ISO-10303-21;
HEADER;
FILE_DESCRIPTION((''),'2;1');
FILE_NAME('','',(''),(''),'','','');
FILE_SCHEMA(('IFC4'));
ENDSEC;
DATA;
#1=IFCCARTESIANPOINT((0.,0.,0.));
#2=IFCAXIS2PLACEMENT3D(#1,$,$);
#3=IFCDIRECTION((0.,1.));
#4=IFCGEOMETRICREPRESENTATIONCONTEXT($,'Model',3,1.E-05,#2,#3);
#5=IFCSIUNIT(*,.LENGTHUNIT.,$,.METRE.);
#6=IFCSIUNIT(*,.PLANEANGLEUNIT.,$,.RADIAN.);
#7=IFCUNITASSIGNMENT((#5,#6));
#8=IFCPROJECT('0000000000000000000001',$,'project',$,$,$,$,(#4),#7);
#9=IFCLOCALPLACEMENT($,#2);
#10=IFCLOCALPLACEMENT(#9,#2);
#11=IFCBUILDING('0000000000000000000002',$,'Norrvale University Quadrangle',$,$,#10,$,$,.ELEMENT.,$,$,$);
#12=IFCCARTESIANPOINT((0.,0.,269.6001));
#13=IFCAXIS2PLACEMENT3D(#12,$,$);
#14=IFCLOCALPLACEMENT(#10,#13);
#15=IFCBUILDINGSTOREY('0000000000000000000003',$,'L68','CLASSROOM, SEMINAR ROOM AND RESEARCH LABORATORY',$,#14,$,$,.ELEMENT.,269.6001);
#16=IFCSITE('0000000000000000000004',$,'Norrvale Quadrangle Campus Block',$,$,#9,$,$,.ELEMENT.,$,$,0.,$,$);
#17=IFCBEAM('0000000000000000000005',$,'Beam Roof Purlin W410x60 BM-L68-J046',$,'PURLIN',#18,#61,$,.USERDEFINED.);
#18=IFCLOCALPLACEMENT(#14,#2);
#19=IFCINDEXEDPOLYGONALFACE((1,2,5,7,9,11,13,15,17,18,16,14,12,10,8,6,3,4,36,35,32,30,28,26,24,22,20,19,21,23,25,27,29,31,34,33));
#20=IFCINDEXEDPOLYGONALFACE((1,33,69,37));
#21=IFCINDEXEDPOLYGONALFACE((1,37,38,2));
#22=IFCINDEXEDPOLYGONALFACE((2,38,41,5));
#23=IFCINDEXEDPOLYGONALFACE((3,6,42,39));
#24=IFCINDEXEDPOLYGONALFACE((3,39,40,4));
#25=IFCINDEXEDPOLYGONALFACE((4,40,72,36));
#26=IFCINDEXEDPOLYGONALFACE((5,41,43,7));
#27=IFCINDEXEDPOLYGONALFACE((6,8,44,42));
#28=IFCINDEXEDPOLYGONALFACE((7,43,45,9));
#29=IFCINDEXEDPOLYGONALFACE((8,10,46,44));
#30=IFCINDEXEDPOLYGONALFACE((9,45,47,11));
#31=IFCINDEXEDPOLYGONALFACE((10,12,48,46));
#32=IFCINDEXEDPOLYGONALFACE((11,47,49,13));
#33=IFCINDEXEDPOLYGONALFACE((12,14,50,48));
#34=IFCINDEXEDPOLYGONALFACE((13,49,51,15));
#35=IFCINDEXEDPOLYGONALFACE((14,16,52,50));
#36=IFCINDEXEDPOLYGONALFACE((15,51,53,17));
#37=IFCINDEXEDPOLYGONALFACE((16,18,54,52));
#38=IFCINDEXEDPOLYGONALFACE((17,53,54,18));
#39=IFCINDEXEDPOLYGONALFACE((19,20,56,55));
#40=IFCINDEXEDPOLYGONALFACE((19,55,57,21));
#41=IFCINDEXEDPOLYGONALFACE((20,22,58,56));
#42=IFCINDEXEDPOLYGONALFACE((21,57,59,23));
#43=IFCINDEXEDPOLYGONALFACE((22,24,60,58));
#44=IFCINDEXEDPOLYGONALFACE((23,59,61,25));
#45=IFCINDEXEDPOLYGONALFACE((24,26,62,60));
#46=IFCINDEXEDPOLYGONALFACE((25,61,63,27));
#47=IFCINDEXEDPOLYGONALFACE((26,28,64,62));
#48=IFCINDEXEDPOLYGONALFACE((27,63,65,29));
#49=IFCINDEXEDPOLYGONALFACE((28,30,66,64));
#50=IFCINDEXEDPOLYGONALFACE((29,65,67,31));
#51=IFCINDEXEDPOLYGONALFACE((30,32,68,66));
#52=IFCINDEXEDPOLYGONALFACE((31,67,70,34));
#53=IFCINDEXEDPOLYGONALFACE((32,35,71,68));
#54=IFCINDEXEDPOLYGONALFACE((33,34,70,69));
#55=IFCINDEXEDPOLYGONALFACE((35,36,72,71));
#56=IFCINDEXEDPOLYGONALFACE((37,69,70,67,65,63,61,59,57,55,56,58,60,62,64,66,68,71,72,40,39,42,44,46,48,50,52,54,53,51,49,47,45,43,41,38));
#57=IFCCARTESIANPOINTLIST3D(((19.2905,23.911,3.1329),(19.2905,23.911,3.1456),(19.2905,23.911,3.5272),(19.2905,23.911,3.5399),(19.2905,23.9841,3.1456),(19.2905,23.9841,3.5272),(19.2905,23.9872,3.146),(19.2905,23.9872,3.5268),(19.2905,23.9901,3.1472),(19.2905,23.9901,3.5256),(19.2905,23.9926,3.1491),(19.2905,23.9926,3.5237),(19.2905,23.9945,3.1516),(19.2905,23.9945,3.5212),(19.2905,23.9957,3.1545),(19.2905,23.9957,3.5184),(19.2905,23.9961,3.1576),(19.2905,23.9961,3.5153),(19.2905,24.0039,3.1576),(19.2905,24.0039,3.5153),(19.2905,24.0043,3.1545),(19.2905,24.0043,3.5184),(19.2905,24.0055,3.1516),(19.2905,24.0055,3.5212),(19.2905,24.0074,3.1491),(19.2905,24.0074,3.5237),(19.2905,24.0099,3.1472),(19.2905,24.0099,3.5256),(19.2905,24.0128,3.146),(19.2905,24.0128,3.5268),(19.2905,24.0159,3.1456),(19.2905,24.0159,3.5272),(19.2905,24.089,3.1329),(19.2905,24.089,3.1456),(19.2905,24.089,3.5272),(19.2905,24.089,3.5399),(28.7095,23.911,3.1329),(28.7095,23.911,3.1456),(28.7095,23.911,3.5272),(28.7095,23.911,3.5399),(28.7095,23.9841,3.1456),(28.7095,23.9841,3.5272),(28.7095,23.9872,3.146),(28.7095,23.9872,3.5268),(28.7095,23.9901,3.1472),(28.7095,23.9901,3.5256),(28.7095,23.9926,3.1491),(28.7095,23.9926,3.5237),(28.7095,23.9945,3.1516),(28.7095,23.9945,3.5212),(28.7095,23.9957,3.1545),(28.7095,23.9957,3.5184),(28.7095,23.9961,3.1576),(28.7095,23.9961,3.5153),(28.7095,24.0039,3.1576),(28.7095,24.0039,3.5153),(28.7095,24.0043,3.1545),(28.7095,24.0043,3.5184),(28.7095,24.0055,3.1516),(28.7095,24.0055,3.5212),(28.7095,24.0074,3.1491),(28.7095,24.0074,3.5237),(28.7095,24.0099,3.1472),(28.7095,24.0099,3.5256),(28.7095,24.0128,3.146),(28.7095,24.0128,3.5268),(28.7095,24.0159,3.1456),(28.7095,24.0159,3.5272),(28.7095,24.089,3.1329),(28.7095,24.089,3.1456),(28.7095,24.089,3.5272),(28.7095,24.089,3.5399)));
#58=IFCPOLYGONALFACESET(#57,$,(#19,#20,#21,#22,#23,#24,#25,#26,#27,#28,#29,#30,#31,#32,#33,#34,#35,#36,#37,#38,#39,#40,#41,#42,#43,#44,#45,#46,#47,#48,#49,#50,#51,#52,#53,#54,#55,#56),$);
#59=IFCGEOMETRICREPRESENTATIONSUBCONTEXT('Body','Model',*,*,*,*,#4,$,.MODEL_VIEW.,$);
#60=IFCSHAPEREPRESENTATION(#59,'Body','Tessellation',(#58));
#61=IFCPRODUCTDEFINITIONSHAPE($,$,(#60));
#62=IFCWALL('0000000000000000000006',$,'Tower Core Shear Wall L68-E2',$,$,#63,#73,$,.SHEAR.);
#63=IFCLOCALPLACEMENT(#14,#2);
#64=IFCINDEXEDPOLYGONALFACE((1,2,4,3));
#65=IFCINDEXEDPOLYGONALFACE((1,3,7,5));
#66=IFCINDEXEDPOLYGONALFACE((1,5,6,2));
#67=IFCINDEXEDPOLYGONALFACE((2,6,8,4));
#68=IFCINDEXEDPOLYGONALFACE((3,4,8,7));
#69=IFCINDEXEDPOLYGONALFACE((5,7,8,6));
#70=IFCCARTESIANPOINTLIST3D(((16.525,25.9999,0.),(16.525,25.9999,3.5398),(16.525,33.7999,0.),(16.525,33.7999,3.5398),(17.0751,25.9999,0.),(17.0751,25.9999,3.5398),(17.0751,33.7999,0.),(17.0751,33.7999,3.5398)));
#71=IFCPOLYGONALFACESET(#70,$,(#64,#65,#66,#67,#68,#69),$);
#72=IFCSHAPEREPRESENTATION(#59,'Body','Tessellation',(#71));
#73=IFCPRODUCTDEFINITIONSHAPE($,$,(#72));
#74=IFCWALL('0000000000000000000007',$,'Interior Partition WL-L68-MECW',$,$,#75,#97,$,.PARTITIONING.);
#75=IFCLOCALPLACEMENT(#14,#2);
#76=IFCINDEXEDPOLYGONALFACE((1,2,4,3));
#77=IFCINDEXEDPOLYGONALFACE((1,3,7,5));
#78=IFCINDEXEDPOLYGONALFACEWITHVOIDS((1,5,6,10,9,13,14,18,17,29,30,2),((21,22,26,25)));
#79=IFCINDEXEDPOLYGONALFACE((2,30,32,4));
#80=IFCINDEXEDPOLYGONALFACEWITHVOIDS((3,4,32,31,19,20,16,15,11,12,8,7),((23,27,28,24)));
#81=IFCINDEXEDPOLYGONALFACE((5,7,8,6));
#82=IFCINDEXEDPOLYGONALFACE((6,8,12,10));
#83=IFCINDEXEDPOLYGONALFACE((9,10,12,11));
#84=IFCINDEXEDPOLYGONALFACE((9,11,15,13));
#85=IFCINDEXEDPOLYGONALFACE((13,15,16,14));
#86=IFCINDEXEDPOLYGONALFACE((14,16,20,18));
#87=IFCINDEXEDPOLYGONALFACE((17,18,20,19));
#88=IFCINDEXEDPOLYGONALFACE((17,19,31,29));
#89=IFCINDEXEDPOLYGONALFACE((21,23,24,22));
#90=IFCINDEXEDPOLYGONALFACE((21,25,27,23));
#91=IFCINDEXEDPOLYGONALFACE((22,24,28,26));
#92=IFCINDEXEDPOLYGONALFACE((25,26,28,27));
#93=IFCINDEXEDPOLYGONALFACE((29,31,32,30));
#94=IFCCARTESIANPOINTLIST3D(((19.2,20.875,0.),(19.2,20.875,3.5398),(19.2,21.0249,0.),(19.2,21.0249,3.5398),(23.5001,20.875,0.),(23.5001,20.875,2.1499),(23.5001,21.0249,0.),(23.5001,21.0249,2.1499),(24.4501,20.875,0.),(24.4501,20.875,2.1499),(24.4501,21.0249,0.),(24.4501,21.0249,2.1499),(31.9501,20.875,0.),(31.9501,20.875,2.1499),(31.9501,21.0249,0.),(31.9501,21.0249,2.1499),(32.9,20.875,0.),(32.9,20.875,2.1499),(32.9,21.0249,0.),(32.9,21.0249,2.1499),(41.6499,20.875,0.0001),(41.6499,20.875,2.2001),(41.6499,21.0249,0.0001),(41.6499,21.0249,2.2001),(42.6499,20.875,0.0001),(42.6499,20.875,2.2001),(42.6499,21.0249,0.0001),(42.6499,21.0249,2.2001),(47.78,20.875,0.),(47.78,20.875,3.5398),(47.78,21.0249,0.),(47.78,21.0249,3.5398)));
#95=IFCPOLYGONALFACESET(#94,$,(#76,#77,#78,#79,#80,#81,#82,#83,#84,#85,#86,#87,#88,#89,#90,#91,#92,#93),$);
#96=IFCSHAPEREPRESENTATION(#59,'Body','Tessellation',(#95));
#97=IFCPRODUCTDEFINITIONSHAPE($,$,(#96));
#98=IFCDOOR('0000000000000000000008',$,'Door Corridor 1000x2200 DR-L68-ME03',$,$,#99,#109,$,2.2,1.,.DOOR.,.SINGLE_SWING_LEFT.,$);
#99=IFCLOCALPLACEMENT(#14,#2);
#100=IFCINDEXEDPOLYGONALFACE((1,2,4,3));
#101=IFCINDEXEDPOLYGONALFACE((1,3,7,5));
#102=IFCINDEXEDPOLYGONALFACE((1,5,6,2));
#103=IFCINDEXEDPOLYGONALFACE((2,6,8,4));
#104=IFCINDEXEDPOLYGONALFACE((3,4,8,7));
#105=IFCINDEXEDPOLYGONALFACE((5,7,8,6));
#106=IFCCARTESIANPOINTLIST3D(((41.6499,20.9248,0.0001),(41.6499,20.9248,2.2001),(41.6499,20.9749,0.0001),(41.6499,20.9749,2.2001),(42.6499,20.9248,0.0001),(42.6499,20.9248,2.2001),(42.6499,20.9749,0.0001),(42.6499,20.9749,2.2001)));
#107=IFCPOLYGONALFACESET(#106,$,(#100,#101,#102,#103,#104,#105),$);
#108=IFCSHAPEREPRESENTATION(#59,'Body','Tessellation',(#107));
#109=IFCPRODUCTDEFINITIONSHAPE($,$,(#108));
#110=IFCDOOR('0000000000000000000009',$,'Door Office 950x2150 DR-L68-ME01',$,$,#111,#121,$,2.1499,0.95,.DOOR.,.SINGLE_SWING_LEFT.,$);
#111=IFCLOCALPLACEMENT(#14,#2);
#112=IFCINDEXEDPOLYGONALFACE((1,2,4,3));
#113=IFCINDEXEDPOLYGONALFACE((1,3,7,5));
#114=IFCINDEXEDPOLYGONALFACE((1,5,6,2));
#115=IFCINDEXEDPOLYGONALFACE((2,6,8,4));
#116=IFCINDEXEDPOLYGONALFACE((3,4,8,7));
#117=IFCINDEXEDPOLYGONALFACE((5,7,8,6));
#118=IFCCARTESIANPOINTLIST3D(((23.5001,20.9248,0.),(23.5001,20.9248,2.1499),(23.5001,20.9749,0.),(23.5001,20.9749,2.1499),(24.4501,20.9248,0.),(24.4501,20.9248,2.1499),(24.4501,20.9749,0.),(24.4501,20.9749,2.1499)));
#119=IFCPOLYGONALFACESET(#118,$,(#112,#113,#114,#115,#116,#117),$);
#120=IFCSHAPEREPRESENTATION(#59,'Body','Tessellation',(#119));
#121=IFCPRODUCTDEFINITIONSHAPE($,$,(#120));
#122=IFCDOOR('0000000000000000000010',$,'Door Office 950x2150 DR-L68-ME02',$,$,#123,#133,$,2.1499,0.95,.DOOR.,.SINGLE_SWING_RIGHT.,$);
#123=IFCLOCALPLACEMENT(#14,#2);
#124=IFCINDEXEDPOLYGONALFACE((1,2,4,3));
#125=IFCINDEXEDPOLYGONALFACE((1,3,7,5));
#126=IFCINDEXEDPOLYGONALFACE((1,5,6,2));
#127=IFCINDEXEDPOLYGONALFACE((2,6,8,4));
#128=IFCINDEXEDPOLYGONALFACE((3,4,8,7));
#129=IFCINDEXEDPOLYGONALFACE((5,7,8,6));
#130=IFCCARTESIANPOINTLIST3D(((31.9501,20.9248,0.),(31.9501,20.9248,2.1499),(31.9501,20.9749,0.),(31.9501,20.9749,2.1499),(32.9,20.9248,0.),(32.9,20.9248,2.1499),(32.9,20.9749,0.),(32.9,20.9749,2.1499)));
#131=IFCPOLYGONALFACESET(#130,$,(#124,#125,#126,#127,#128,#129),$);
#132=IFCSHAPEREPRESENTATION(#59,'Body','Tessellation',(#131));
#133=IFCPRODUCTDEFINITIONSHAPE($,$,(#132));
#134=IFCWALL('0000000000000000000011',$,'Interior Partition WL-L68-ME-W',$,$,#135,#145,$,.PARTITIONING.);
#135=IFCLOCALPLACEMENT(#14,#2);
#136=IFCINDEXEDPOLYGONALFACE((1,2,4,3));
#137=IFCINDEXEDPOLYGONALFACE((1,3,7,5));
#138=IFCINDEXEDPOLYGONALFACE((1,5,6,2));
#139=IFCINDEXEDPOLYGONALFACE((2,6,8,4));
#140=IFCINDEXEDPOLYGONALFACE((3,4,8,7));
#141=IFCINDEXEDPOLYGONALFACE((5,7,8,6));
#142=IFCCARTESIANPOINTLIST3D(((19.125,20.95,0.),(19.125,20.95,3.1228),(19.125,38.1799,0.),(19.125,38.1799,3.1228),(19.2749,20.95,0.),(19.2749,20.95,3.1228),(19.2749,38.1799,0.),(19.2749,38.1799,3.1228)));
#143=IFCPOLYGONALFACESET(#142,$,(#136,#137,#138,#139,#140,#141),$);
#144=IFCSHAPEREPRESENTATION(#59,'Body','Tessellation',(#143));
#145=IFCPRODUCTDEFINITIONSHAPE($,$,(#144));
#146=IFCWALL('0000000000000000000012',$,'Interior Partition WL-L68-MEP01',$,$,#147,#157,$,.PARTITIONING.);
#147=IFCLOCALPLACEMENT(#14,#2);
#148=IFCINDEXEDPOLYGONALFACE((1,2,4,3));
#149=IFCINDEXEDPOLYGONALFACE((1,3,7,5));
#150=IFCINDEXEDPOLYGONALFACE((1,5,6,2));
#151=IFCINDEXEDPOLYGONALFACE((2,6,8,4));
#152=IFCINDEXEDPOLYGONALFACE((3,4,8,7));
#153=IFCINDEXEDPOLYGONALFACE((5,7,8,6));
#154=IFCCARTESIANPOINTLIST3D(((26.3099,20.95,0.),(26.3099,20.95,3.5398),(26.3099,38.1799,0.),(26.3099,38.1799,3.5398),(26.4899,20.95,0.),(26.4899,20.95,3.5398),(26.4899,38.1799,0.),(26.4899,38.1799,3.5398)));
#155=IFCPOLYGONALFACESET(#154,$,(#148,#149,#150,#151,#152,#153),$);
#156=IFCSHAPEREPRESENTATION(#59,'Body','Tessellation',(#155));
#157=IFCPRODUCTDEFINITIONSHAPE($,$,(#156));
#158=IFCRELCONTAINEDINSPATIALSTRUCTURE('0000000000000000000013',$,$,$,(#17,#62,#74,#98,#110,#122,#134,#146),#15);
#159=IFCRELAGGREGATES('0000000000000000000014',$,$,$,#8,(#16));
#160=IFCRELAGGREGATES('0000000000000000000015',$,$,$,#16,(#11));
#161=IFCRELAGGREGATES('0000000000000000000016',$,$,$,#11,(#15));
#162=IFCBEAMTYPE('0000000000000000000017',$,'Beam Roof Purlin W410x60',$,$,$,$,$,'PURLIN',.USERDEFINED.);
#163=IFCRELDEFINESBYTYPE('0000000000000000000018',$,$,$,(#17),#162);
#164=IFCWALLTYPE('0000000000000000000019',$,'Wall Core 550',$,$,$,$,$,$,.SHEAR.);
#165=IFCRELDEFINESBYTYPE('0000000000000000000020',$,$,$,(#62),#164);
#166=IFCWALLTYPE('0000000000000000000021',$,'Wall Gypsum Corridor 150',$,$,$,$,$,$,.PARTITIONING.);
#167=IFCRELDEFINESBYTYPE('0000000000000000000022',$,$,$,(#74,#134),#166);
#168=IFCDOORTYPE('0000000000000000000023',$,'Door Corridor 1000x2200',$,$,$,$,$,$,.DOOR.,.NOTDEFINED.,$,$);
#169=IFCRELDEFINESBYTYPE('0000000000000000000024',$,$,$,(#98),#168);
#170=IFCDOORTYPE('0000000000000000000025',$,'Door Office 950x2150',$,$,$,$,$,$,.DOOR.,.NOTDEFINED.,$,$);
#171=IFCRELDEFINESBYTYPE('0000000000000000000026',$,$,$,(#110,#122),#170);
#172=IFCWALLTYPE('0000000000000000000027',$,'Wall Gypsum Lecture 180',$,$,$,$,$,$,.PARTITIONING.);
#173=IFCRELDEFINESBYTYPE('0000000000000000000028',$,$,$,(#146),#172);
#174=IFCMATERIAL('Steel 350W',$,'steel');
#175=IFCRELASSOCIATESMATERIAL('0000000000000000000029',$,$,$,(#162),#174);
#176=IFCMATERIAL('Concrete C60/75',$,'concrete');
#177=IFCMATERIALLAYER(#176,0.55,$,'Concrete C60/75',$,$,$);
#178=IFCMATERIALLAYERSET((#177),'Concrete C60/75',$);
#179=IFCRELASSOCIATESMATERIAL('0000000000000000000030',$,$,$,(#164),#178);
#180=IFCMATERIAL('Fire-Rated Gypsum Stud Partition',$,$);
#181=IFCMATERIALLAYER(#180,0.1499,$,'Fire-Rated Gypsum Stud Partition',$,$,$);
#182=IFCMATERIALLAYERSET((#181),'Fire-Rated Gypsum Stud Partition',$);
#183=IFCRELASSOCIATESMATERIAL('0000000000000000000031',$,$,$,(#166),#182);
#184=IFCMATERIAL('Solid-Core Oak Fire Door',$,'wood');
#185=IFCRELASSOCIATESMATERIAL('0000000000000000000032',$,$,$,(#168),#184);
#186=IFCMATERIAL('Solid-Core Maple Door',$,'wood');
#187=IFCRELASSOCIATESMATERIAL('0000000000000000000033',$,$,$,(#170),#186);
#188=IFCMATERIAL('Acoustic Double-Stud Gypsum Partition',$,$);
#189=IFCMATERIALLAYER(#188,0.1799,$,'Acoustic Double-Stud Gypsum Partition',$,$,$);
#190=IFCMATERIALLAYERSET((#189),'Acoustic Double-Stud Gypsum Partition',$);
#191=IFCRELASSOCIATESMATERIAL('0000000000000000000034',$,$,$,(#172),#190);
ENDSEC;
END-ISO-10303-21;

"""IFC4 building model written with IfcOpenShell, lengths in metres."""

from ifc_helpers import new_model, si_unit, direction, frame, frame_2d, origin, origin_2d, place, context, subcontext, project, spatial, rectangle, i_section, extrude, material, layer, layer_set, material_profile, profile_set, type_object, element, fill, save


model = new_model("IFC4")

# Units and contexts
model_context = context("Model", 3, precision=1e-05, world=origin(), true_north=direction((0.0, 1.0)))
body_context = subcontext(model_context, "Body", "Model", "MODEL_VIEW")
ifc_project = project(units=[si_unit("LENGTHUNIT", "METRE"), si_unit("PLANEANGLEUNIT", "RADIAN")], contexts=[model_context])

# Site, building, storey
site_placement = place(None, origin())
site = spatial("IfcSite", under=ifc_project, at=site_placement, Name="Norrvale Quadrangle Campus Block", CompositionType="ELEMENT", RefElevation=0.0)
building_placement = place(site_placement, origin())
building = spatial("IfcBuilding", under=site, at=building_placement, Name="Norrvale University Quadrangle", CompositionType="ELEMENT")
storey_placement = place(building_placement, frame((0.0, 0.0, 269.6001)))
storey = spatial("IfcBuildingStorey", under=building, at=storey_placement, Name="L68", Description="CLASSROOM, SEMINAR ROOM AND RESEARCH LABORATORY", CompositionType="ELEMENT", Elevation=269.6001)

# Shared definitions
ifc_material_1 = material(Name="Concrete C60/75", Category="concrete")

# Beam
ifc_material_2 = material(Name="Steel 350W", Category="steel")
ifc_material_profile_1 = material_profile(ifc_material_2, i_section(OverallWidth=0.178, OverallDepth=0.407, WebThickness=0.0078, FlangeThickness=0.0127, FilletRadius=0.012, at=origin_2d()), Name="Steel 350W")
ifc_profile_set_1 = profile_set([ifc_material_profile_1], Name="Steel 350W")
beam_type_1 = type_object("IfcBeamType", Name="Beam Roof Purlin W410x60", ElementType="PURLIN", PredefinedType="USERDEFINED", material=ifc_profile_set_1)
beam_1_placement = place(storey_placement, frame((19.2905, 24.0, 3.3364), z_axis=(1.0, 0.0, 0.0), x_axis=(0.0, 1.0, 0.0)))
element("IfcBeam", 1, at=beam_1_placement, inside=storey, type_object=beam_type_1, Name="Beam Roof Purlin W410x60 BM-L68-J046", ObjectType="PURLIN", PredefinedType="USERDEFINED", context=body_context, shape_type="SweptSolid", body=[
    extrude(i_section(OverallWidth=0.178, OverallDepth=0.407, WebThickness=0.0078, FlangeThickness=0.0127, FilletRadius=0.012, at=origin_2d()), origin(), (0.0, 0.0, 1.0), 9.4189),
])

# Wall
ifc_layer_1 = layer(ifc_material_1, 0.55, Name="Concrete C60/75")
ifc_layer_set_1 = layer_set([ifc_layer_1], Name="Concrete C60/75")
wall_type_1 = type_object("IfcWallType", Name="Wall Core 550", PredefinedType="SHEAR", material=ifc_layer_set_1)
wall_1_placement = place(storey_placement, frame((16.8, 26.0, 0.0), z_axis=(0.0, 0.0, 1.0), x_axis=(0.0, 1.0, 0.0)))
element("IfcWall", 2, at=wall_1_placement, inside=storey, type_object=wall_type_1, Name="Tower Core Shear Wall L68-E2", PredefinedType="SHEAR", context=body_context, shape_type="SweptSolid", body=[
    extrude(rectangle(XDim=7.8, YDim=0.55, at=frame_2d((3.8999, 0.0))), origin(), (0.0, 0.0, 1.0), 3.5398),
])

# Wall, openings, doors
ifc_material_3 = material(Name="Fire-Rated Gypsum Stud Partition")
ifc_layer_2 = layer(ifc_material_3, 0.1499, Name="Fire-Rated Gypsum Stud Partition")
ifc_layer_set_2 = layer_set([ifc_layer_2], Name="Fire-Rated Gypsum Stud Partition")
wall_type_2 = type_object("IfcWallType", Name="Wall Gypsum Corridor 150", PredefinedType="PARTITIONING", material=ifc_layer_set_2)
wall_2_placement = place(storey_placement, frame((19.2, 20.95, 0.0), z_axis=(0.0, 0.0, 1.0), x_axis=(1.0, 0.0, 0.0)))
wall_2 = element("IfcWall", 3, at=wall_2_placement, inside=storey, type_object=wall_type_2, Name="Interior Partition WL-L68-MECW", PredefinedType="PARTITIONING", context=body_context, shape_type="SweptSolid", body=[
    extrude(rectangle(XDim=28.5801, YDim=0.1499, at=frame_2d((14.29, 0.0))), origin(), (0.0, 0.0, 1.0), 3.5398),
])
opening_1_placement = place(wall_2_placement, frame((4.3, 0.0, 0.0)))
opening_1 = element("IfcOpeningElement", 4, at=opening_1_placement, cuts=wall_2, PredefinedType="OPENING", context=body_context, shape_type="SweptSolid", body=[
    extrude(rectangle(XDim=0.95, YDim=2.1499, at=frame_2d((0.4751, 1.075))), frame((0.0, 0.0869, 0.0), z_axis=(0.0, -1.0, 0.0), x_axis=(1.0, 0.0, 0.0)), (0.0, 0.0, 1.0), 0.1738),
])
opening_2_placement = place(wall_2_placement, frame((12.75, 0.0, 0.0)))
opening_2 = element("IfcOpeningElement", 5, at=opening_2_placement, cuts=wall_2, PredefinedType="OPENING", context=body_context, shape_type="SweptSolid", body=[
    extrude(rectangle(XDim=0.95, YDim=2.1499, at=frame_2d((0.4751, 1.075))), frame((0.0, 0.0869, 0.0), z_axis=(0.0, -1.0, 0.0), x_axis=(1.0, 0.0, 0.0)), (0.0, 0.0, 1.0), 0.1738),
])
opening_3_placement = place(wall_2_placement, frame((22.45, 0.0, 0.0)))
opening_3 = element("IfcOpeningElement", 6, at=opening_3_placement, cuts=wall_2, PredefinedType="OPENING", context=body_context, shape_type="SweptSolid", body=[
    extrude(rectangle(XDim=1.0, YDim=2.2, at=frame_2d((0.5, 1.1001))), frame((0.0, 0.0869, 0.0), z_axis=(0.0, -1.0, 0.0), x_axis=(1.0, 0.0, 0.0)), (0.0, 0.0, 1.0), 0.1738),
])
ifc_material_4 = material(Name="Solid-Core Oak Fire Door", Category="wood")
door_type_1 = type_object("IfcDoorType", Name="Door Corridor 1000x2200", OperationType="NOTDEFINED", PredefinedType="DOOR", material=ifc_material_4)
door_1_placement = place(opening_3_placement, origin())
door_1 = element("IfcDoor", 7, at=door_1_placement, inside=storey, type_object=door_type_1, Name="Door Corridor 1000x2200 DR-L68-ME03", OperationType="SINGLE_SWING_LEFT", OverallHeight=2.2, OverallWidth=1.0, PredefinedType="DOOR", context=body_context, shape_type="SweptSolid", body=[
    extrude(rectangle(XDim=1.0, YDim=2.2, at=frame_2d((0.5, 1.1001))), frame((0.0, 0.0249, 0.0), z_axis=(0.0, -1.0, 0.0), x_axis=(1.0, 0.0, 0.0)), (0.0, 0.0, 1.0), 0.05),
])
fill(opening_3, door_1)
ifc_material_5 = material(Name="Solid-Core Maple Door", Category="wood")
door_type_2 = type_object("IfcDoorType", Name="Door Office 950x2150", OperationType="NOTDEFINED", PredefinedType="DOOR", material=ifc_material_5)
door_2_placement = place(opening_1_placement, origin())
door_2 = element("IfcDoor", 8, at=door_2_placement, inside=storey, type_object=door_type_2, Name="Door Office 950x2150 DR-L68-ME01", OperationType="SINGLE_SWING_LEFT", OverallHeight=2.1499, OverallWidth=0.95, PredefinedType="DOOR", context=body_context, shape_type="SweptSolid", body=[
    extrude(rectangle(XDim=0.95, YDim=2.1499, at=frame_2d((0.4751, 1.075))), frame((0.0, 0.0249, 0.0), z_axis=(0.0, -1.0, 0.0), x_axis=(1.0, 0.0, 0.0)), (0.0, 0.0, 1.0), 0.05),
])
fill(opening_1, door_2)
door_3_placement = place(opening_2_placement, origin())
door_3 = element("IfcDoor", 9, at=door_3_placement, inside=storey, type_object=door_type_2, Name="Door Office 950x2150 DR-L68-ME02", OperationType="SINGLE_SWING_RIGHT", OverallHeight=2.1499, OverallWidth=0.95, PredefinedType="DOOR", context=body_context, shape_type="SweptSolid", body=[
    extrude(rectangle(XDim=0.95, YDim=2.1499, at=frame_2d((0.4751, 1.075))), frame((0.0, 0.0249, 0.0), z_axis=(0.0, -1.0, 0.0), x_axis=(1.0, 0.0, 0.0)), (0.0, 0.0, 1.0), 0.05),
])
fill(opening_2, door_3)

# Walls
wall_3_placement = place(storey_placement, frame((19.2, 20.95, 0.0), z_axis=(0.0, 0.0, 1.0), x_axis=(0.0, 1.0, 0.0)))
element("IfcWall", 10, at=wall_3_placement, inside=storey, type_object=wall_type_2, Name="Interior Partition WL-L68-ME-W", PredefinedType="PARTITIONING", context=body_context, shape_type="SweptSolid", body=[
    extrude(rectangle(XDim=17.23, YDim=0.1499, at=frame_2d((8.615, 0.0))), origin(), (0.0, 0.0, 1.0), 3.1228),
])
ifc_material_6 = material(Name="Acoustic Double-Stud Gypsum Partition")
ifc_layer_3 = layer(ifc_material_6, 0.1799, Name="Acoustic Double-Stud Gypsum Partition")
ifc_layer_set_3 = layer_set([ifc_layer_3], Name="Acoustic Double-Stud Gypsum Partition")
wall_type_3 = type_object("IfcWallType", Name="Wall Gypsum Lecture 180", PredefinedType="PARTITIONING", material=ifc_layer_set_3)
wall_4_placement = place(storey_placement, frame((26.3999, 20.95, 0.0), z_axis=(0.0, 0.0, 1.0), x_axis=(0.0, 1.0, 0.0)))
element("IfcWall", 11, at=wall_4_placement, inside=storey, type_object=wall_type_3, Name="Interior Partition WL-L68-MEP01", PredefinedType="PARTITIONING", context=body_context, shape_type="SweptSolid", body=[
    extrude(rectangle(XDim=17.23, YDim=0.1799, at=frame_2d((8.615, 0.0))), origin(), (0.0, 0.0, 1.0), 3.5398),
])

save(model, "model.ifc")
